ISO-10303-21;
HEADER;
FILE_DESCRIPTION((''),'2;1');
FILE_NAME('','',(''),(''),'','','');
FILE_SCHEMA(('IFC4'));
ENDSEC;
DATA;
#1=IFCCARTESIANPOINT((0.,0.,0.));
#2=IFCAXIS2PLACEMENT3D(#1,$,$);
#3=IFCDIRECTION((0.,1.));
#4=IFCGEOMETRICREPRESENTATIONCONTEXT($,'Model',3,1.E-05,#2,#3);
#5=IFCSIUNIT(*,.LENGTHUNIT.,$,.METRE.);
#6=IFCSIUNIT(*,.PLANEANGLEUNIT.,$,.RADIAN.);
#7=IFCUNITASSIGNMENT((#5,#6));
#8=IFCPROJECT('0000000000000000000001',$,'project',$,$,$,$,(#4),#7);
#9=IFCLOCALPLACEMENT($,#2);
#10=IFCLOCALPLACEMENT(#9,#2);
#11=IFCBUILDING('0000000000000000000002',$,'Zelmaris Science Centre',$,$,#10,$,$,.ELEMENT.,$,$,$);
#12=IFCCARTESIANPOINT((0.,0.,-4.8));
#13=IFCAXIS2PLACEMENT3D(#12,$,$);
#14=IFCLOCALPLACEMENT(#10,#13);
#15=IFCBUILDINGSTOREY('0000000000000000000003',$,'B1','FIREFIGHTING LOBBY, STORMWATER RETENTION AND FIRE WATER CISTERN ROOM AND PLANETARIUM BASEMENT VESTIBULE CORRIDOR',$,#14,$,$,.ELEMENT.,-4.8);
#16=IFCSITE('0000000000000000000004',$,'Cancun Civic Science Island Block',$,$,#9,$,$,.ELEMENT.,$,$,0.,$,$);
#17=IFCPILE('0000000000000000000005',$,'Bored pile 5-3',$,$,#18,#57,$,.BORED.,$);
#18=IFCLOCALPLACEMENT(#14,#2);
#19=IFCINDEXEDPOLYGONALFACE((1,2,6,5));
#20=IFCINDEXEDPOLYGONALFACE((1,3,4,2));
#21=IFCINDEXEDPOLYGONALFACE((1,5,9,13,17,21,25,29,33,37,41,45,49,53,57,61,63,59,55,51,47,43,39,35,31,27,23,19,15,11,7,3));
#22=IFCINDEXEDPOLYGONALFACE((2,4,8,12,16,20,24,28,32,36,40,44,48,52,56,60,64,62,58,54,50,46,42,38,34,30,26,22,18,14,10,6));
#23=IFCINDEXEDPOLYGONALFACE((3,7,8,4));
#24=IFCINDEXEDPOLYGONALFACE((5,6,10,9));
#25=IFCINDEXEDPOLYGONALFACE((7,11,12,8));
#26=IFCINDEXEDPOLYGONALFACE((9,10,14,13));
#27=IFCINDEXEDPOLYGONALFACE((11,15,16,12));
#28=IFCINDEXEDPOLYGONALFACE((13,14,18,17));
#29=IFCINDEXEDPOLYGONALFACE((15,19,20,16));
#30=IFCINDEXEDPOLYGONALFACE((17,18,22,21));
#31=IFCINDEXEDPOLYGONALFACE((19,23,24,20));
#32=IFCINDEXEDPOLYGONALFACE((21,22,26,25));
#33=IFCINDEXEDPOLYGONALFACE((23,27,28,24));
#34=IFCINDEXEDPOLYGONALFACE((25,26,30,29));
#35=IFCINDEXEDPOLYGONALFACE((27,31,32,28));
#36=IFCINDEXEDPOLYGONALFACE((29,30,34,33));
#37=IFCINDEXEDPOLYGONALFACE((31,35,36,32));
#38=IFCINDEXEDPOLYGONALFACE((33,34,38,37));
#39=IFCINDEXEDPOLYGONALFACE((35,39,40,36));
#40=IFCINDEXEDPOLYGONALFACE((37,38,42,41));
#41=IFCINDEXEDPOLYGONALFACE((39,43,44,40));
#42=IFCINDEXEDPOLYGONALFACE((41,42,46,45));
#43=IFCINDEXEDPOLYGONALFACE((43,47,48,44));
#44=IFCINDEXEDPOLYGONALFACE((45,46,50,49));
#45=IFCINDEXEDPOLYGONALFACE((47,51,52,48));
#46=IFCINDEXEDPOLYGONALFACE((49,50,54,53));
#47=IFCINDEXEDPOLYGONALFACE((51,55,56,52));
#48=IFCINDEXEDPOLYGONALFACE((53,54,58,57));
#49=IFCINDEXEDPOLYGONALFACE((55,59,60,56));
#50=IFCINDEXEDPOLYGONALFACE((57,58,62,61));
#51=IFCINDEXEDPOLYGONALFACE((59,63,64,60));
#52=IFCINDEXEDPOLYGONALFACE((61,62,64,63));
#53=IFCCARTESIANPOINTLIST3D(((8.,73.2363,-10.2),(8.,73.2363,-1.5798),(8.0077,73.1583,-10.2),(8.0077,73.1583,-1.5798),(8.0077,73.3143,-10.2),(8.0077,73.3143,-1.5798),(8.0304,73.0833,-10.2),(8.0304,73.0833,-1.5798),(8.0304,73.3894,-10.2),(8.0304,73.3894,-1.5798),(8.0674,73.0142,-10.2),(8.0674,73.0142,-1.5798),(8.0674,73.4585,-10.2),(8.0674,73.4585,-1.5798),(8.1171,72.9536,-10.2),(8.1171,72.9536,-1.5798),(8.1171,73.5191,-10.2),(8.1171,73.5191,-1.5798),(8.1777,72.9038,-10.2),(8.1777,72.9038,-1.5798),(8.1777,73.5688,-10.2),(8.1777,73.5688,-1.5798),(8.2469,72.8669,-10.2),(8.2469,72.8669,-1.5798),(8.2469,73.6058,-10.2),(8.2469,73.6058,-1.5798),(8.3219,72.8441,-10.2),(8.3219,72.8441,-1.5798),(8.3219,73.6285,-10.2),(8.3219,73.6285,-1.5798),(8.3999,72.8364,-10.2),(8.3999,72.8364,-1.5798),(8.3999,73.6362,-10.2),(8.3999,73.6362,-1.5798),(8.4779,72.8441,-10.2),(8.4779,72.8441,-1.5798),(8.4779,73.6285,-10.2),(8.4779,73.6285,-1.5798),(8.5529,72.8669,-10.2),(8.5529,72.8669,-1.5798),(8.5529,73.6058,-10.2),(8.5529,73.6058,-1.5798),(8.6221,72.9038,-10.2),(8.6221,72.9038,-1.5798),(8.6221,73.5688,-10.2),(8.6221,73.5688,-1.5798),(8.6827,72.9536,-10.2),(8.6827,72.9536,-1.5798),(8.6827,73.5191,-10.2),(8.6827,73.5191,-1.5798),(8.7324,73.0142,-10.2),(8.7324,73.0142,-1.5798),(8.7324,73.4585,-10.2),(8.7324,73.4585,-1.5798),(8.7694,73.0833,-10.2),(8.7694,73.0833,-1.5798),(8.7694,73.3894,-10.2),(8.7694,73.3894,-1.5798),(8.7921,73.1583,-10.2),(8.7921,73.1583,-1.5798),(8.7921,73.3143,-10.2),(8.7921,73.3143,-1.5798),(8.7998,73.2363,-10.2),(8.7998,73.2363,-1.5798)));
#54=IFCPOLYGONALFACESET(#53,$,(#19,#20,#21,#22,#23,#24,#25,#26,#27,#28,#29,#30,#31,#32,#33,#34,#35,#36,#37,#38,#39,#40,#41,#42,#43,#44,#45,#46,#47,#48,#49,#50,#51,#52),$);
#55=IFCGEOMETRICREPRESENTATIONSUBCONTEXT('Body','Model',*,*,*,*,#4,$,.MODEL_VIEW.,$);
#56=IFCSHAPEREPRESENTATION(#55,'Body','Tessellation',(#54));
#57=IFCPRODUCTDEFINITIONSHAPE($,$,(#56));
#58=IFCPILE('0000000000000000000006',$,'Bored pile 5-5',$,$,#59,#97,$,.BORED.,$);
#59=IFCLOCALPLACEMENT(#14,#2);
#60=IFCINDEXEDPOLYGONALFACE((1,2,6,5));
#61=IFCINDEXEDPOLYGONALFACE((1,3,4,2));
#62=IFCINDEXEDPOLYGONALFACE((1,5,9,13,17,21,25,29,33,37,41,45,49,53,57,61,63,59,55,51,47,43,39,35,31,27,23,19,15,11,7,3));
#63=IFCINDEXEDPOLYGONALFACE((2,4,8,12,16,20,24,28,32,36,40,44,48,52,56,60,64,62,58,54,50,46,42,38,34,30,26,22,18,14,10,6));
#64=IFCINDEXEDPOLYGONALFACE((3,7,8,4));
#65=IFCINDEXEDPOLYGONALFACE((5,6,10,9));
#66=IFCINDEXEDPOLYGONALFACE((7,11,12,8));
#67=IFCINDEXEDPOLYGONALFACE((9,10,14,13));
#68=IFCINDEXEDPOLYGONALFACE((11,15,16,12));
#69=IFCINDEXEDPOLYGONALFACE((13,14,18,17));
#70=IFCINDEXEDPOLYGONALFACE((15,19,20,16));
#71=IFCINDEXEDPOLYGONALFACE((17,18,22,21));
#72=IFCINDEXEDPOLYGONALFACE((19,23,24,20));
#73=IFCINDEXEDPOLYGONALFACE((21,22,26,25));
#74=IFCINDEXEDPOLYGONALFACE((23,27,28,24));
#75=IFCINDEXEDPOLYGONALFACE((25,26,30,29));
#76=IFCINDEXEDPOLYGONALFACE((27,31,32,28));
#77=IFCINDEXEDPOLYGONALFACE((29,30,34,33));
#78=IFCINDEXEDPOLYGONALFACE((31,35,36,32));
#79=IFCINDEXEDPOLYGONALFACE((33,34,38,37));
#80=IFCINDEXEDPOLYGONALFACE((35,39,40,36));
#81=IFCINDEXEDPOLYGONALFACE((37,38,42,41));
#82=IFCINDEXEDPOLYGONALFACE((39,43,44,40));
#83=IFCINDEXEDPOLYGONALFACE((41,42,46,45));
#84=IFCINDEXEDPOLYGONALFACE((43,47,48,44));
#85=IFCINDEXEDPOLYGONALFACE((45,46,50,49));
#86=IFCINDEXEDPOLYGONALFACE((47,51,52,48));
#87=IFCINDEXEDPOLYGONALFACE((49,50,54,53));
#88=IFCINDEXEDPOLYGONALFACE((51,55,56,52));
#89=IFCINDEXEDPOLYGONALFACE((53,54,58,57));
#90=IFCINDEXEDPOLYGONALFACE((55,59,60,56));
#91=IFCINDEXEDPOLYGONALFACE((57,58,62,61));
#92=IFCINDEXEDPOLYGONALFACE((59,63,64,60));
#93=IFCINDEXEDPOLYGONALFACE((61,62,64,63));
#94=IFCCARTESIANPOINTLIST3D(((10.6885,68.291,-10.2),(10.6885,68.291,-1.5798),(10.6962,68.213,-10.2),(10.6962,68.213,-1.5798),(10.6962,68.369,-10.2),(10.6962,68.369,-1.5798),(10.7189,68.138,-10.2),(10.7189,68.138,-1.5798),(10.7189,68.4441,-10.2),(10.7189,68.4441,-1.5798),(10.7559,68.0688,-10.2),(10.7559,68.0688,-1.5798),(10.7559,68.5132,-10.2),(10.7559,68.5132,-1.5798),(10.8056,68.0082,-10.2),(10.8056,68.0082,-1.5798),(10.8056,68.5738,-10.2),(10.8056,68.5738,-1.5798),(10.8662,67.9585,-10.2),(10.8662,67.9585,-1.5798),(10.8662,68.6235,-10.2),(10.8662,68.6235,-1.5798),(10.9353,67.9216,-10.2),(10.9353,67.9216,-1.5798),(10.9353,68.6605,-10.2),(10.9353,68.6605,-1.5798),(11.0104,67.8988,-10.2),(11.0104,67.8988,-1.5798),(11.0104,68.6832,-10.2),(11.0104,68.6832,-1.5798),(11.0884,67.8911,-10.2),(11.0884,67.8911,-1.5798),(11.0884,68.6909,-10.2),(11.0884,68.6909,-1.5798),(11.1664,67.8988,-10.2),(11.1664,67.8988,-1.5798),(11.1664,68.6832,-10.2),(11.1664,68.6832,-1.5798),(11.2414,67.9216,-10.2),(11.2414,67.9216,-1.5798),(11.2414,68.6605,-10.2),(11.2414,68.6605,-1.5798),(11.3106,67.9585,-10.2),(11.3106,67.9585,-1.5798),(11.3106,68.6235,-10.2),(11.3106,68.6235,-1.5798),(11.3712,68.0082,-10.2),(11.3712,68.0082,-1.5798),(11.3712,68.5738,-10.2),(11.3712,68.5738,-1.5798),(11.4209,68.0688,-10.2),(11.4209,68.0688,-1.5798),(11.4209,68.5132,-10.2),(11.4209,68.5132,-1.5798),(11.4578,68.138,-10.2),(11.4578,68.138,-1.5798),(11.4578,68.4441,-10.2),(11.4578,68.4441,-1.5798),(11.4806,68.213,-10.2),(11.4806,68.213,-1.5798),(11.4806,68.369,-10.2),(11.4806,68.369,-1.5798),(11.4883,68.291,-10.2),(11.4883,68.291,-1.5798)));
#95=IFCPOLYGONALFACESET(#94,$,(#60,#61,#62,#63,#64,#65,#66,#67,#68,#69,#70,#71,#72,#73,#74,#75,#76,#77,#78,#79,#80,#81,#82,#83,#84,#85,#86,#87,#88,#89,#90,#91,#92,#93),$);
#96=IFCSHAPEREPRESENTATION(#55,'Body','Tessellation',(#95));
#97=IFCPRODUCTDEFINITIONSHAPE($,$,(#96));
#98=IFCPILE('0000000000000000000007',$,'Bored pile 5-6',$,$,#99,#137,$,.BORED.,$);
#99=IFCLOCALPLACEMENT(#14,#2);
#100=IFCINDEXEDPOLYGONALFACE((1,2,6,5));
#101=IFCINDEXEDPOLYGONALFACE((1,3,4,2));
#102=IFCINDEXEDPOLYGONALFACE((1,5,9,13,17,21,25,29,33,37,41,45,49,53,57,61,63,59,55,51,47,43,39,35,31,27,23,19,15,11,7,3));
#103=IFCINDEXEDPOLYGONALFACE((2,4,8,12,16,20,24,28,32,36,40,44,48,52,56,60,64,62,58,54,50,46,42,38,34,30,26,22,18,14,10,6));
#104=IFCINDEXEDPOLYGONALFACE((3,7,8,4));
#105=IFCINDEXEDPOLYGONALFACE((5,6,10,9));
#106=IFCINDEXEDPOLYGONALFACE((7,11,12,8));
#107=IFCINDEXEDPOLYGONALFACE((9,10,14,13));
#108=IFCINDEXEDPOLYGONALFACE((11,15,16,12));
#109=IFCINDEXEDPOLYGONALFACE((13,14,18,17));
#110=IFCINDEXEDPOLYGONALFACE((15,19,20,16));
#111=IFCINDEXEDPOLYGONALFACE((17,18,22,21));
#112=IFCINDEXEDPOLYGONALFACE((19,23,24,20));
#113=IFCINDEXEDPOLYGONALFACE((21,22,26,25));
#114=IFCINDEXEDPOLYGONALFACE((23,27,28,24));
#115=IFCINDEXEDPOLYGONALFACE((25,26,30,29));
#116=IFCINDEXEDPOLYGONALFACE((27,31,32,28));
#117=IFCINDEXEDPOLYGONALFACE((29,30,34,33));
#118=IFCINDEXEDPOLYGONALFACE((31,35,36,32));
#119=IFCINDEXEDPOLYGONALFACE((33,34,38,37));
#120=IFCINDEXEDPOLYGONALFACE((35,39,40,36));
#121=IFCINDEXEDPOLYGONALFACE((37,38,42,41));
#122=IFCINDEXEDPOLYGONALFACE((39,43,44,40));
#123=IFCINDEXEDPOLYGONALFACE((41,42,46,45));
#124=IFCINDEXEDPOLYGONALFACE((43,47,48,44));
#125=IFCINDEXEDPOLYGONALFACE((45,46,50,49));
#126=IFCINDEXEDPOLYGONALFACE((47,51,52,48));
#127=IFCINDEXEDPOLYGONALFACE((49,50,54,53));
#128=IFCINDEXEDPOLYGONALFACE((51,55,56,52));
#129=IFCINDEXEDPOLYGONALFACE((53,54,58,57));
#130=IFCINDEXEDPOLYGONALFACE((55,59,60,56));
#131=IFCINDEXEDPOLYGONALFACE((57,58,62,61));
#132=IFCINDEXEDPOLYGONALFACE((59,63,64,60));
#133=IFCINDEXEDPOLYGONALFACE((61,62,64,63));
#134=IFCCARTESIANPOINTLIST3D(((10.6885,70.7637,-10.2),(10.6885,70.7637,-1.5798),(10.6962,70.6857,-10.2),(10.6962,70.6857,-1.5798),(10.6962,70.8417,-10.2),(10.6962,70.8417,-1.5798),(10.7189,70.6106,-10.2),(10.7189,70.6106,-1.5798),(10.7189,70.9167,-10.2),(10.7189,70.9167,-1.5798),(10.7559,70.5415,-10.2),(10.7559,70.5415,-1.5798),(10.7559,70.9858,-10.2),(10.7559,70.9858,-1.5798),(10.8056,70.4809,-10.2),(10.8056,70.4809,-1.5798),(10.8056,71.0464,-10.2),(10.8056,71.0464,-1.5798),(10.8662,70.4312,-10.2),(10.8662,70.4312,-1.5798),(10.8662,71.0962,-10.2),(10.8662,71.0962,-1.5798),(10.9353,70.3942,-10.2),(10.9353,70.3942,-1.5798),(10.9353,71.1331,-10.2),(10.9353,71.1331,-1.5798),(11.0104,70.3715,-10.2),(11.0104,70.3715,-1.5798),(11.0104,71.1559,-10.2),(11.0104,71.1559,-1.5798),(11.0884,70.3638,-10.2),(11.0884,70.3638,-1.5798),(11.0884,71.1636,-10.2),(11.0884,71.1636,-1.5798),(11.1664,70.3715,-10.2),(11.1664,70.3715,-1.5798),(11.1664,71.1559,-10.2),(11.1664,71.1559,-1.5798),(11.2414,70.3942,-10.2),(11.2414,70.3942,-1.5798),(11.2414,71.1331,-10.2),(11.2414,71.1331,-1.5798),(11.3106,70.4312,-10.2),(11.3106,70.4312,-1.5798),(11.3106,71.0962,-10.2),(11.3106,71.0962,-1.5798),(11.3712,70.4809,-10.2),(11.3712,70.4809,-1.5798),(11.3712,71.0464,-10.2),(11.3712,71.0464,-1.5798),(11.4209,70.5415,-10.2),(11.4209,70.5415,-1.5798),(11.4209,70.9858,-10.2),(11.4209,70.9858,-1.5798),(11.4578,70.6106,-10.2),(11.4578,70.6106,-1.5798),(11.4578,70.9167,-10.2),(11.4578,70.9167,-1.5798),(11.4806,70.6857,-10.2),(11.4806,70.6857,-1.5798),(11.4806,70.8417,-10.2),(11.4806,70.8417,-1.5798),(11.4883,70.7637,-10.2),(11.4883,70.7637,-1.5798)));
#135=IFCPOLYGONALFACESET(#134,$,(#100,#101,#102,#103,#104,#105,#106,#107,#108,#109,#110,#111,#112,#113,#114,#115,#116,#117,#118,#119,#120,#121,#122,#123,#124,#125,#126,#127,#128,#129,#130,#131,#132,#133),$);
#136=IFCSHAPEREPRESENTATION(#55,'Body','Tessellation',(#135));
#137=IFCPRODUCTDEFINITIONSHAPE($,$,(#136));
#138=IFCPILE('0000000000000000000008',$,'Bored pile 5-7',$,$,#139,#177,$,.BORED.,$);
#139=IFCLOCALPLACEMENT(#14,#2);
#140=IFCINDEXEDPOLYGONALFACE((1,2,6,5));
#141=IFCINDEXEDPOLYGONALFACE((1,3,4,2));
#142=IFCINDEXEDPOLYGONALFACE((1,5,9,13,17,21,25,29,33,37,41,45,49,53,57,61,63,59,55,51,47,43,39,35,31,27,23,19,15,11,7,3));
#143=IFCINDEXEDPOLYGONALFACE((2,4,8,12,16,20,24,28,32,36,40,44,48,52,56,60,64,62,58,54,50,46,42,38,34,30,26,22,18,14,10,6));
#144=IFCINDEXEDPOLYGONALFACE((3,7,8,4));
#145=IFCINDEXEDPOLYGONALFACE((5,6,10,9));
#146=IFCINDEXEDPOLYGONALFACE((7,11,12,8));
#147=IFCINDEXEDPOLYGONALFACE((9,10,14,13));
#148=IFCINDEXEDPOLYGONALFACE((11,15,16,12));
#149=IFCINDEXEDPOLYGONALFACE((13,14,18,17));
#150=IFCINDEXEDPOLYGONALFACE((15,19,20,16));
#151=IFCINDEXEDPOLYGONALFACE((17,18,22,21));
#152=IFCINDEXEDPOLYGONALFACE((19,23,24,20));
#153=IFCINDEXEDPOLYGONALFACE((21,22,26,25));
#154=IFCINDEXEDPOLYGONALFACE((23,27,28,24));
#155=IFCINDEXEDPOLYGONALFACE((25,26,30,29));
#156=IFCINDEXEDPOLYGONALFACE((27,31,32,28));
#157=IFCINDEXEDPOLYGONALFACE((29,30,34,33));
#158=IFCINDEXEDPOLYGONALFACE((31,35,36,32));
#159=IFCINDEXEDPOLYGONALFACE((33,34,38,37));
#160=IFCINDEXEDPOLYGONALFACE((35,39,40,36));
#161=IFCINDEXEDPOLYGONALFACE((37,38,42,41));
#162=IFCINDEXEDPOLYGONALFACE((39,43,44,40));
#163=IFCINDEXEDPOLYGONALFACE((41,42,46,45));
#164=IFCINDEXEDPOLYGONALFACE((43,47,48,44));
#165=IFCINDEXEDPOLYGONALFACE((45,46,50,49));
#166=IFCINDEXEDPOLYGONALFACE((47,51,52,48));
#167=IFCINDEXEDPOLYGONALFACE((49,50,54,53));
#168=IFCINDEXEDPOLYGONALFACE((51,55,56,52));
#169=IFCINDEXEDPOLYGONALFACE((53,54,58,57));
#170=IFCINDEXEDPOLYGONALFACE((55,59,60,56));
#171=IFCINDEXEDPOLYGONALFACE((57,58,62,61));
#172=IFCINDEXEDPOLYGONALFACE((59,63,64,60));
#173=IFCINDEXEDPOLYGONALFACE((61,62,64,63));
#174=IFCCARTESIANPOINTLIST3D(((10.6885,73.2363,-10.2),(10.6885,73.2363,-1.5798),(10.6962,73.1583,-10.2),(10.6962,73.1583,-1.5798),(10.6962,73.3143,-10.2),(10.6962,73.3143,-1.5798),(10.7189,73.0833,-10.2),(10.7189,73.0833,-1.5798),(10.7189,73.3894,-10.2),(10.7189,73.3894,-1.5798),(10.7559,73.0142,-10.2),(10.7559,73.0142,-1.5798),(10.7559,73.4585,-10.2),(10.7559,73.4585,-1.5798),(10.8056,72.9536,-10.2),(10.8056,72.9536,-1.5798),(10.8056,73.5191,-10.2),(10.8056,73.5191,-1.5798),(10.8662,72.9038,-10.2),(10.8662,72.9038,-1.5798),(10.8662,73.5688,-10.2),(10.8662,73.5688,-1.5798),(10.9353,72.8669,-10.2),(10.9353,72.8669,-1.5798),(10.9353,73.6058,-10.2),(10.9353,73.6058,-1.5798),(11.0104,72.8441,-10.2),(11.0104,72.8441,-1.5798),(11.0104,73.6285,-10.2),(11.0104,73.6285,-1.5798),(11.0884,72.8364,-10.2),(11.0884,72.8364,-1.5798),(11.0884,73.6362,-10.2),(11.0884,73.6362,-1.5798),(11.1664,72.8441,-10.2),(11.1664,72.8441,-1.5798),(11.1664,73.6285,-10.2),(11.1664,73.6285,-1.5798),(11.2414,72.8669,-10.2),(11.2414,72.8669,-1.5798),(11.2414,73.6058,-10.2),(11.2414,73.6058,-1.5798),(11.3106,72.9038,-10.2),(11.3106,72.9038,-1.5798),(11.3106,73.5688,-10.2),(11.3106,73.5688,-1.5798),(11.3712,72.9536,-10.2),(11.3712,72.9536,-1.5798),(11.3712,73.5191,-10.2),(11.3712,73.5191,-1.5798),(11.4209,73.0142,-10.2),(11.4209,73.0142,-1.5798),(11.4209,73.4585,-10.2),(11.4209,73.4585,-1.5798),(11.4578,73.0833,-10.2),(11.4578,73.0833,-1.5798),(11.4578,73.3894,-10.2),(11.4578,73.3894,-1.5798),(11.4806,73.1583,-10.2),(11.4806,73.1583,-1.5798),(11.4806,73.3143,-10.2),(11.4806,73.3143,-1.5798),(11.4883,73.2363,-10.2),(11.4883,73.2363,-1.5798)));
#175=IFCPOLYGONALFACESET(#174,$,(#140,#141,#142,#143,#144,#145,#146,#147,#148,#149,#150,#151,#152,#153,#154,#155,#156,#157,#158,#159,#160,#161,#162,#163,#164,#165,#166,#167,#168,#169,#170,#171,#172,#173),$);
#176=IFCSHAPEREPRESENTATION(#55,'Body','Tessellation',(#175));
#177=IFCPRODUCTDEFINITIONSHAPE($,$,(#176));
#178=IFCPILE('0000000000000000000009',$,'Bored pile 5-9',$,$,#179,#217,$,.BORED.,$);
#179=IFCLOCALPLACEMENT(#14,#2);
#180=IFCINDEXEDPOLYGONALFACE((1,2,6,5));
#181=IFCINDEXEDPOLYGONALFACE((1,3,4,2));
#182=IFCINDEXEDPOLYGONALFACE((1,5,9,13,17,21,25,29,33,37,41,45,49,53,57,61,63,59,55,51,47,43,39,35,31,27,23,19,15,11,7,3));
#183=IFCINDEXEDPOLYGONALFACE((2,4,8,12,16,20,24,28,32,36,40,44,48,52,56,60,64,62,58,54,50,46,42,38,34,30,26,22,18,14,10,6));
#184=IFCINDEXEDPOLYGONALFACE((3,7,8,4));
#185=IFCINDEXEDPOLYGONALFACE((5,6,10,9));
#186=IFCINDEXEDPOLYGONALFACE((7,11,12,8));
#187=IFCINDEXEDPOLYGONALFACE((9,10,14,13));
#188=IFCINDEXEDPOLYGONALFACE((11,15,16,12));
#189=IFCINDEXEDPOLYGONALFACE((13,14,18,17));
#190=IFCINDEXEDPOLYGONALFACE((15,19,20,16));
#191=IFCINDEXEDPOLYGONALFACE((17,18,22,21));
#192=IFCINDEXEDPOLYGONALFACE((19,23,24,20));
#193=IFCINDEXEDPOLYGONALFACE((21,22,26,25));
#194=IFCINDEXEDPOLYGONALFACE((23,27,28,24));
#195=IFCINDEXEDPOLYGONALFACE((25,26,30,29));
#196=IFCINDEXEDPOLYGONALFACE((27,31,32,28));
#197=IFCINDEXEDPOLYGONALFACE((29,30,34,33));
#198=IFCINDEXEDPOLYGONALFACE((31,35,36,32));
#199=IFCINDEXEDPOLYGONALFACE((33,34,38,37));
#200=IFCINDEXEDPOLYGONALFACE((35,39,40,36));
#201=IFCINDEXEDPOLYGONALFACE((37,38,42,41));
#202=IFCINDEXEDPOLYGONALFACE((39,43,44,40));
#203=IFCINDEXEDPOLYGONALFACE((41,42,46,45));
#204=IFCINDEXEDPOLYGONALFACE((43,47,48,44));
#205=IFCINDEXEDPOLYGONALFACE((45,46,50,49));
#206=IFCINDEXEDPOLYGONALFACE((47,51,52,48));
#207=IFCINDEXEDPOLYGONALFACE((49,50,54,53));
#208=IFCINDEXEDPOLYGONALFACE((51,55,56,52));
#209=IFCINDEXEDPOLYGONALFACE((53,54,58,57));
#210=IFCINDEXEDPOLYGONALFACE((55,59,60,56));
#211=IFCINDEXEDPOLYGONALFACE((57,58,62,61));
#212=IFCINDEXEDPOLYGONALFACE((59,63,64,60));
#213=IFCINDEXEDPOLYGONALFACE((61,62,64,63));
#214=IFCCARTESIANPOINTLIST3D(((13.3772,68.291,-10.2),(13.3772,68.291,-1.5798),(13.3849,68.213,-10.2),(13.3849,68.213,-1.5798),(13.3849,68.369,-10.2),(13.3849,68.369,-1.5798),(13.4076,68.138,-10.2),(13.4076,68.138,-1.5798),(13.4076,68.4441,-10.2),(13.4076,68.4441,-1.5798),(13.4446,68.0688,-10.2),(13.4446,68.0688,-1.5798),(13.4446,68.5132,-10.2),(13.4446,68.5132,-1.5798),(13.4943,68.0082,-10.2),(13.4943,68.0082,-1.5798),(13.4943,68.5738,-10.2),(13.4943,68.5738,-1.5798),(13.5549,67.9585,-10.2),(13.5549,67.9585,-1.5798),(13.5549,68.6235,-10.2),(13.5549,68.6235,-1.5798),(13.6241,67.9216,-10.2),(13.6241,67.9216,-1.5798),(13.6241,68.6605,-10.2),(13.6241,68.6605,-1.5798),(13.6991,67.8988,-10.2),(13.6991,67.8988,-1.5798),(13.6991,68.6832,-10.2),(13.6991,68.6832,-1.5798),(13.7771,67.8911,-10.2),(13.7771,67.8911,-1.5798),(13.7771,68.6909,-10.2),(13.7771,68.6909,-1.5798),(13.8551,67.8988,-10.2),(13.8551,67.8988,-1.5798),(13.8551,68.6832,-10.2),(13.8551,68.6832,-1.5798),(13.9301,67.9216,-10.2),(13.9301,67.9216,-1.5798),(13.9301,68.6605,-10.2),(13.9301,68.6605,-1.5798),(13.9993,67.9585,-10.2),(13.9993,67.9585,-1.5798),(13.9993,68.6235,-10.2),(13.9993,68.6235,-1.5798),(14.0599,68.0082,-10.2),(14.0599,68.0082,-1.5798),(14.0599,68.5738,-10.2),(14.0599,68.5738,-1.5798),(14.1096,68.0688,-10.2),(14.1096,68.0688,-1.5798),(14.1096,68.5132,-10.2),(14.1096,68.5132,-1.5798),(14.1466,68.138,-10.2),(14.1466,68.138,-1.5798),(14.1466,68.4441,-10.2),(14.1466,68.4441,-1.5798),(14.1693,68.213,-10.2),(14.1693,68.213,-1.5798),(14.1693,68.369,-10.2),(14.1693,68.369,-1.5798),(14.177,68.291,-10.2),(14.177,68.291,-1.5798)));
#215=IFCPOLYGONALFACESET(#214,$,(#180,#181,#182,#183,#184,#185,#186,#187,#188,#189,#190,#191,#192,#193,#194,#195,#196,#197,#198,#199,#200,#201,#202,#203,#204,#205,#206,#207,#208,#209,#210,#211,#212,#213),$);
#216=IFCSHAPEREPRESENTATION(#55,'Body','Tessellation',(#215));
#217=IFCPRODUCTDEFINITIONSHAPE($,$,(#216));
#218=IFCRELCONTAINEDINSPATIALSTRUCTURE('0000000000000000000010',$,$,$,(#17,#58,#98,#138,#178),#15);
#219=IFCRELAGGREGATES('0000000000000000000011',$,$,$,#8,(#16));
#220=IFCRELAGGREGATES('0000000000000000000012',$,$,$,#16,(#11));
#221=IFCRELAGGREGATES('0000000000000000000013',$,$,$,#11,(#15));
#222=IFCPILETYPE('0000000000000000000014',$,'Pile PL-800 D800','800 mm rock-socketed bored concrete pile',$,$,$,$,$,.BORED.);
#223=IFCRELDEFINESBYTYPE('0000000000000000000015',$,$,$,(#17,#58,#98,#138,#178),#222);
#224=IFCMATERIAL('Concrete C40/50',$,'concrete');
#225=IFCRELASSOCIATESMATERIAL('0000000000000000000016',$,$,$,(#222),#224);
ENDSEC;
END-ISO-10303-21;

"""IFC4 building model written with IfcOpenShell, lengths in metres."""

from ifc_helpers import new_model, si_unit, direction, frame, origin, origin_2d, place, context, subcontext, project, spatial, circle, extrude, material, material_profile, profile_set, type_object, element, save


model = new_model("IFC4")

# Units and contexts
model_context = context("Model", 3, precision=1e-05, world=origin(), true_north=direction((0.0, 1.0)))
body_context = subcontext(model_context, "Body", "Model", "MODEL_VIEW")
ifc_project = project(units=[si_unit("LENGTHUNIT", "METRE"), si_unit("PLANEANGLEUNIT", "RADIAN")], contexts=[model_context])

# Site, building, storey
site_placement = place(None, origin())
site = spatial("IfcSite", under=ifc_project, at=site_placement, Name="Cancun Civic Science Island Block", CompositionType="ELEMENT", RefElevation=0.0)
building_placement = place(site_placement, origin())
building = spatial("IfcBuilding", under=site, at=building_placement, Name="Zelmaris Science Centre", CompositionType="ELEMENT")
storey_placement = place(building_placement, frame((0.0, 0.0, -4.8)))
storey = spatial("IfcBuildingStorey", under=building, at=storey_placement, Name="B1", Description="FIREFIGHTING LOBBY, STORMWATER RETENTION AND FIRE WATER CISTERN ROOM AND PLANETARIUM BASEMENT VESTIBULE CORRIDOR", CompositionType="ELEMENT", Elevation=-4.8)

# Shared definitions
ifc_material_1 = material(Name="Concrete C40/50", Category="concrete")

# Piles
ifc_material_profile_1 = material_profile(ifc_material_1, circle(Radius=0.3999, at=origin_2d()), Name="PILE-800")
ifc_profile_set_1 = profile_set([ifc_material_profile_1], Name="Concrete C40/50")
pile_type_1 = type_object("IfcPileType", Name="Pile PL-800 D800", Description="800 mm rock-socketed bored concrete pile", PredefinedType="BORED", material=ifc_profile_set_1)
for number, where, z_axis, x_axis, name in (
    (1, (8.3999, 73.2363, -1.5798), (0.0, 0.0, -1.0), (1.0, 0.0, 0.0), "Bored pile 5-3"),
    (2, (11.0884, 68.291, -1.5798), (0.0, 0.0, -1.0), (1.0, 0.0, 0.0), "Bored pile 5-5"),
    (3, (11.0884, 70.7637, -1.5798), (0.0, 0.0, -1.0), (1.0, 0.0, 0.0), "Bored pile 5-6"),
    (4, (11.0884, 73.2363, -1.5798), (0.0, 0.0, -1.0), (1.0, 0.0, 0.0), "Bored pile 5-7"),
    (5, (13.7771, 68.291, -1.5798), (0.0, 0.0, -1.0), (1.0, 0.0, 0.0), "Bored pile 5-9"),
):
    element("IfcPile", number, at=place(storey_placement, frame(where, z_axis=z_axis, x_axis=x_axis)), inside=storey, type_object=pile_type_1, Name=name, PredefinedType="BORED", context=body_context, shape_type="SweptSolid", body=[
        extrude(circle(Radius=0.3999, at=origin_2d()), origin(), (0.0, 0.0, 1.0), 8.6201),
    ])

save(model, "model.ifc")
